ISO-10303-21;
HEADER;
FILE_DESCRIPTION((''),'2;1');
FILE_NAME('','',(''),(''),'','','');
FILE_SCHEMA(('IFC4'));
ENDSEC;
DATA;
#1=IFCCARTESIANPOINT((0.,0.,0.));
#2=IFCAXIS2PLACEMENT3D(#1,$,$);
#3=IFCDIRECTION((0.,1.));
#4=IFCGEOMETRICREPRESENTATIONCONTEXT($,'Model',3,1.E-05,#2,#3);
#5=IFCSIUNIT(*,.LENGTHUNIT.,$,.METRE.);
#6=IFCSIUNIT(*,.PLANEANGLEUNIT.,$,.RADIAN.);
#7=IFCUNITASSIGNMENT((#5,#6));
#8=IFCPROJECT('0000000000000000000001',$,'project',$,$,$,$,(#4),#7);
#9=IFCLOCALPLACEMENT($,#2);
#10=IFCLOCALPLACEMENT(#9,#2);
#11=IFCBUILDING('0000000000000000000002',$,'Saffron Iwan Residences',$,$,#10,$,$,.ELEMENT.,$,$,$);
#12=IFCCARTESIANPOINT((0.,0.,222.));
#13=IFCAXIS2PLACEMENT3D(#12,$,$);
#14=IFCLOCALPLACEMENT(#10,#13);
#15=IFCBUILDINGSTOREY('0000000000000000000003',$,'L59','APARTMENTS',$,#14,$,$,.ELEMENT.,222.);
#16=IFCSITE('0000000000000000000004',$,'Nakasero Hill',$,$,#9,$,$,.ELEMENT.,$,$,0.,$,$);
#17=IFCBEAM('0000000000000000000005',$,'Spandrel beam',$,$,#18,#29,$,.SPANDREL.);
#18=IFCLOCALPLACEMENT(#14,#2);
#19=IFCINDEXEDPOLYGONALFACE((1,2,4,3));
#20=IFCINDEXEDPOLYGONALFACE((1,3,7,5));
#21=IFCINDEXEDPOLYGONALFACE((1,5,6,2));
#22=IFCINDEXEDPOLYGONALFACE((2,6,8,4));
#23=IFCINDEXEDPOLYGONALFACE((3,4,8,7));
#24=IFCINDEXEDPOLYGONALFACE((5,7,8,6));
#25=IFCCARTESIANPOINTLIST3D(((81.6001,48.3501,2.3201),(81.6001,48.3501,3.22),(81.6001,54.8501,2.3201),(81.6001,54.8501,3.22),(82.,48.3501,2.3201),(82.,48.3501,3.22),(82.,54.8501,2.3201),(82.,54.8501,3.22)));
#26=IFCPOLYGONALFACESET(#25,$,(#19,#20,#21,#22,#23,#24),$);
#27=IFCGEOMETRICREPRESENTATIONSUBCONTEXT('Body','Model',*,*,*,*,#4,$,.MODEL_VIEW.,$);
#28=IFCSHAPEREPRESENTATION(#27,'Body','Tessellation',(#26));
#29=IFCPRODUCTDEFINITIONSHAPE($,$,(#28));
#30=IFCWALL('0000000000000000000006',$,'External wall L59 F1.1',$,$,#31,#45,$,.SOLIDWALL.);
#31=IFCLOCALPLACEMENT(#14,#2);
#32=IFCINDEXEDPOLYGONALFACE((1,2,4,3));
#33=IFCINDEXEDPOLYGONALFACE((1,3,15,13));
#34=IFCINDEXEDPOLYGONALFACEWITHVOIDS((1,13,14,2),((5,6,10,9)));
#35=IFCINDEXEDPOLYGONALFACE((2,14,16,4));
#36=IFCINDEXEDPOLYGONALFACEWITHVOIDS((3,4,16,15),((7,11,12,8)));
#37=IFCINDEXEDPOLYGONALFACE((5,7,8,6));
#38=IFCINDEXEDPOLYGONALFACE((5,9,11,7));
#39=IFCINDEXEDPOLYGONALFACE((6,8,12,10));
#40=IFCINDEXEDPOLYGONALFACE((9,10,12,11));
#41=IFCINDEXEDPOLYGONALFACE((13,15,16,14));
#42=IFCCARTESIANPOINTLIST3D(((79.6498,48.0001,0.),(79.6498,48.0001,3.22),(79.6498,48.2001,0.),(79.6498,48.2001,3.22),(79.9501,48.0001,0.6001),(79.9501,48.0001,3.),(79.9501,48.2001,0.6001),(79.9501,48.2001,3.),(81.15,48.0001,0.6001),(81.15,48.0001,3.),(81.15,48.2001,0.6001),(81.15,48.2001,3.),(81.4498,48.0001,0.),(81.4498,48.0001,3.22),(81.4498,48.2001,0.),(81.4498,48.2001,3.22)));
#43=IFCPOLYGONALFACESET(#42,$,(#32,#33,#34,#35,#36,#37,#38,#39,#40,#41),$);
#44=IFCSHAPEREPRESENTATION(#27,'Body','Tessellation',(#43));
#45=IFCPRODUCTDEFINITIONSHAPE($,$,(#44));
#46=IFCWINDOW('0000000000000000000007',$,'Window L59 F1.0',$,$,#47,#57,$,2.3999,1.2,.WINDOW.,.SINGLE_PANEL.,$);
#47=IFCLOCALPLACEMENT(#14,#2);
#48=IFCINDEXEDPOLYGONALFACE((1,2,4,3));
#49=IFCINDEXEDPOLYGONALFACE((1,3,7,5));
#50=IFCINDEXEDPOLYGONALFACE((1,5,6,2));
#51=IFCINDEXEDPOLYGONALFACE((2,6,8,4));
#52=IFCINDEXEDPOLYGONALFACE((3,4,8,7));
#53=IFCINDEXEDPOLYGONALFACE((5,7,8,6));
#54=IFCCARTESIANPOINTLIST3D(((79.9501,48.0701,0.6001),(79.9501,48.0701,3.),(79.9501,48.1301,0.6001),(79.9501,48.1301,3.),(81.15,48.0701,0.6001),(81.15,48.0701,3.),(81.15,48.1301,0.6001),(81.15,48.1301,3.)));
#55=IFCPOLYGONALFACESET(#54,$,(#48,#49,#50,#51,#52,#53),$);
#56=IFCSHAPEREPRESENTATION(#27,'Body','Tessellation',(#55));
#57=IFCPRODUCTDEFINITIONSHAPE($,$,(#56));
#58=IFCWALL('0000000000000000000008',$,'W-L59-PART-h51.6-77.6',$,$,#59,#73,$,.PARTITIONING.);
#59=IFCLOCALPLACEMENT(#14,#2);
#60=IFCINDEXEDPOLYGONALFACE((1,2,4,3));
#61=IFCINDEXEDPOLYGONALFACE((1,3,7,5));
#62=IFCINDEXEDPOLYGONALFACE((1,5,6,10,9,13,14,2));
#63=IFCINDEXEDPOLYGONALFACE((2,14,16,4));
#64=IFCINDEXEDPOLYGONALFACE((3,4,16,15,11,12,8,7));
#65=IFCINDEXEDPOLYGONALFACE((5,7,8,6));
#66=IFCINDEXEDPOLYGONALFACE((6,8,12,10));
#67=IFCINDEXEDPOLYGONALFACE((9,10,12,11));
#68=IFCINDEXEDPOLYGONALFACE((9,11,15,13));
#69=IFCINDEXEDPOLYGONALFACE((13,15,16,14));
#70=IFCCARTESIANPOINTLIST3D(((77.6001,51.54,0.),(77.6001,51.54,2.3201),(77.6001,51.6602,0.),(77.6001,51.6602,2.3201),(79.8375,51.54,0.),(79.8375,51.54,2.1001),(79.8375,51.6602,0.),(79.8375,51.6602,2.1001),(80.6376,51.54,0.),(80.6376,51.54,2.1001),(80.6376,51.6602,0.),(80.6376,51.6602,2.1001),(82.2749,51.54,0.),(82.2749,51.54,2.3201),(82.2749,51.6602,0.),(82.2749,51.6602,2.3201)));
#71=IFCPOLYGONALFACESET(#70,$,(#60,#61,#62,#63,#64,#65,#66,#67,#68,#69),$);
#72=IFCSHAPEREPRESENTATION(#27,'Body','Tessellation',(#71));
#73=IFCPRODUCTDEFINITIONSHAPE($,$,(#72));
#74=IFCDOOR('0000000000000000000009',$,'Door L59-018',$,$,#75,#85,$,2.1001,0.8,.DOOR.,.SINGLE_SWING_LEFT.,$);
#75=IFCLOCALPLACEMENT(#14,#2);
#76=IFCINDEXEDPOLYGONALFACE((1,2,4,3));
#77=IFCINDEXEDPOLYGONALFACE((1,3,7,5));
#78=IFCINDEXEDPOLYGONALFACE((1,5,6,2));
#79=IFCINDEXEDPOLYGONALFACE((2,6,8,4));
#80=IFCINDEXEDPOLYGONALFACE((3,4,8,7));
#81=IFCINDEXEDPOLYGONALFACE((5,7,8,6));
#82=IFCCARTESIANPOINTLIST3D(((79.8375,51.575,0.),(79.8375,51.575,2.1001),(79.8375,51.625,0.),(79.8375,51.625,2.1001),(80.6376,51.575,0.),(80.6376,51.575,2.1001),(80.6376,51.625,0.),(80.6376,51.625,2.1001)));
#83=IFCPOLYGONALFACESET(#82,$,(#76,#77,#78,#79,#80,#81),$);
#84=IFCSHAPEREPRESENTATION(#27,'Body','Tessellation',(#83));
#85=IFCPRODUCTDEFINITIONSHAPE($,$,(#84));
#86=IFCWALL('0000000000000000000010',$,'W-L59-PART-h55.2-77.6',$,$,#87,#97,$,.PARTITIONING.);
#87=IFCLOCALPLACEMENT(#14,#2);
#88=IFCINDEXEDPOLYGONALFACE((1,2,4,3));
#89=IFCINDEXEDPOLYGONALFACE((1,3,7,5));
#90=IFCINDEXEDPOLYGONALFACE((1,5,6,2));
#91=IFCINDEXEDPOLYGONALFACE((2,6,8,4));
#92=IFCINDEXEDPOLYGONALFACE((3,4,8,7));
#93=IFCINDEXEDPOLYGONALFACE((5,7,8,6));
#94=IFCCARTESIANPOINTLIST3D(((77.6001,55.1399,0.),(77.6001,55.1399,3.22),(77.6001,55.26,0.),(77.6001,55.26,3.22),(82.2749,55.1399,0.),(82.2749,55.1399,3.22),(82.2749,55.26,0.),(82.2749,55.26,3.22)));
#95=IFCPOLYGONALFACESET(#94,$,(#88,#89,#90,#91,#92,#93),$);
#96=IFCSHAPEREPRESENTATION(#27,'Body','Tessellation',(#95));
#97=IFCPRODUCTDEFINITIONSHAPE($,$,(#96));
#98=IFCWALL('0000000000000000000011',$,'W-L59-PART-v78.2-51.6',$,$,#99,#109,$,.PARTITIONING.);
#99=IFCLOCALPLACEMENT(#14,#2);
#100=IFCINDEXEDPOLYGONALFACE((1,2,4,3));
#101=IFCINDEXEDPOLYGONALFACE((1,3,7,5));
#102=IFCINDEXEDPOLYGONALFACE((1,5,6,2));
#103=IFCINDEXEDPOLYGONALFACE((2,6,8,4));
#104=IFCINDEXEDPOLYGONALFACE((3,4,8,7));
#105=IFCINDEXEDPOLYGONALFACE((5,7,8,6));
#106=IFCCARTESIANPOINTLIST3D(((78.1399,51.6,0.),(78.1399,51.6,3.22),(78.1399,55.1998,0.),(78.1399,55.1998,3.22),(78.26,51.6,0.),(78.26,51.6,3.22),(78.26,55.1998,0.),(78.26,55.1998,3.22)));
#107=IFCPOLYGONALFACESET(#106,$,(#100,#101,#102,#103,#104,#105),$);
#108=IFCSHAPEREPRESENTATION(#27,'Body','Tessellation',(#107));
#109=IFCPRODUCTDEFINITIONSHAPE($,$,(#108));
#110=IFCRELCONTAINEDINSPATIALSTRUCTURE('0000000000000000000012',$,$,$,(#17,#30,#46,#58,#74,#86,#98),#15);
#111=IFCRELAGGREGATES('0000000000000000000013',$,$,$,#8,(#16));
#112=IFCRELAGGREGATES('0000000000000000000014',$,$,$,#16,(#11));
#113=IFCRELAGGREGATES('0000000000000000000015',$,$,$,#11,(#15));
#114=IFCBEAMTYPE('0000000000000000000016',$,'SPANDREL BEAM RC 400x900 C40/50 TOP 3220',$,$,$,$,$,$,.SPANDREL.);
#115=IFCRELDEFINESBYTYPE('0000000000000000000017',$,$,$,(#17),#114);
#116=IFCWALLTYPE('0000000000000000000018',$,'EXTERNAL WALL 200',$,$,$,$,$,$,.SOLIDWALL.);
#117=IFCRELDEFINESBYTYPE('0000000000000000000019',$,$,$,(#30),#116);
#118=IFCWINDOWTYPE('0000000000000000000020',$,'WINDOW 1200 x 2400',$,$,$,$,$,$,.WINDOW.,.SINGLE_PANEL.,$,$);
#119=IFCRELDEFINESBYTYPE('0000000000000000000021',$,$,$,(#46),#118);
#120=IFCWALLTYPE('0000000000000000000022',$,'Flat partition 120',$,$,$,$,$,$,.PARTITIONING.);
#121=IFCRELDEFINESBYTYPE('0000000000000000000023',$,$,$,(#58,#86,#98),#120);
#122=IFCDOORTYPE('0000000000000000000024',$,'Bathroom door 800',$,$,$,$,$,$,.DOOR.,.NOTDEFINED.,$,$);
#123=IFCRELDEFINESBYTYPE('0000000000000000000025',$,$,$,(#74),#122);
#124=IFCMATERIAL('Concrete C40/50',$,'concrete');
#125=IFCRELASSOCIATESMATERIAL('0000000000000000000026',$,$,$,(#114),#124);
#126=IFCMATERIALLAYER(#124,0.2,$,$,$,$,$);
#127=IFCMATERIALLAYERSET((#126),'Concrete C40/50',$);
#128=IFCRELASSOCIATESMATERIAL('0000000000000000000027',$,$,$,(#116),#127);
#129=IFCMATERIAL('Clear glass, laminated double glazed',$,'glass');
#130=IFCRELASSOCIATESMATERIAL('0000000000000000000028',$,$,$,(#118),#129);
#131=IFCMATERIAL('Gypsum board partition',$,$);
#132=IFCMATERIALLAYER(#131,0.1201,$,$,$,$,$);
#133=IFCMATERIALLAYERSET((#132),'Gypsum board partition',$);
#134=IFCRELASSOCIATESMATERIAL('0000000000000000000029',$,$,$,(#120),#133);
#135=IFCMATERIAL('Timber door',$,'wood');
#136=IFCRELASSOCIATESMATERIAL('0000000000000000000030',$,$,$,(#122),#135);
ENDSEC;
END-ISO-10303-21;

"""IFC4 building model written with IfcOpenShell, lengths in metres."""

from ifc_helpers import new_model, si_unit, direction, frame, frame_2d, origin, origin_2d, place, context, subcontext, project, spatial, rectangle, extrude, source, transform, mapped, material, layer, layer_set, material_profile, profile_set, type_object, element, fill, save


model = new_model("IFC4")

# Units and contexts
model_context = context("Model", 3, precision=1e-05, world=origin(), true_north=direction((0.0, 1.0)))
body_context = subcontext(model_context, "Body", "Model", "MODEL_VIEW")
ifc_project = project(units=[si_unit("LENGTHUNIT", "METRE"), si_unit("PLANEANGLEUNIT", "RADIAN")], contexts=[model_context])

# Site, building, storey
site_placement = place(None, origin())
site = spatial("IfcSite", under=ifc_project, at=site_placement, Name="Nakasero Hill", CompositionType="ELEMENT", RefElevation=0.0)
building_placement = place(site_placement, origin())
building = spatial("IfcBuilding", under=site, at=building_placement, Name="Saffron Iwan Residences", CompositionType="ELEMENT")
storey_placement = place(building_placement, frame((0.0, 0.0, 222.0)))
storey = spatial("IfcBuildingStorey", under=building, at=storey_placement, Name="L59", Description="APARTMENTS", CompositionType="ELEMENT", Elevation=222.0)

# Beam
ifc_material_1 = material(Name="Concrete C40/50", Category="concrete")
ifc_material_profile = material_profile(ifc_material_1, rectangle(XDim=0.3999, YDim=0.8999, at=origin_2d()), Name="RC 400x900")
ifc_profile_set = profile_set([ifc_material_profile], Name="Concrete C40/50")
beam_type = type_object("IfcBeamType", Name="SPANDREL BEAM RC 400x900 C40/50 TOP 3220", PredefinedType="SPANDREL", material=ifc_profile_set)
shared_shape = source(origin(), body_context, "Body", "SweptSolid", [
    extrude(rectangle(XDim=0.3999, YDim=0.8999, at=origin_2d()), origin(), (0.0, 0.0, 1.0), 6.5),
])
beam_placement = place(storey_placement, frame((81.8, 54.8501, 2.77), z_axis=(0.0, -1.0, 0.0), x_axis=(1.0, 0.0, 0.0)))
element("IfcBeam", 1, at=beam_placement, inside=storey, type_object=beam_type, Name="Spandrel beam", PredefinedType="SPANDREL", context=body_context, shape_type="MappedRepresentation", body=[
    mapped(shared_shape, transform((0.0, 0.0, 0.0))),
])

# Wall, opening, window
ifc_layer_1 = layer(ifc_material_1, 0.2)
ifc_layer_set_1 = layer_set([ifc_layer_1], Name="Concrete C40/50")
wall_type_1 = type_object("IfcWallType", Name="EXTERNAL WALL 200", PredefinedType="SOLIDWALL", material=ifc_layer_set_1)
wall_1_placement = place(storey_placement, frame((79.6499, 48.1001, 0.0), z_axis=(0.0, 0.0, 1.0), x_axis=(1.0, 0.0, 0.0)))
wall_1 = element("IfcWall", 2, at=wall_1_placement, inside=storey, type_object=wall_type_1, Name="External wall L59 F1.1", PredefinedType="SOLIDWALL", context=body_context, shape_type="SweptSolid", body=[
    extrude(rectangle(XDim=1.8, YDim=0.2, at=frame_2d((0.8999, 0.0))), origin(), (0.0, 0.0, 1.0), 3.22),
])
opening_1_placement = place(wall_1_placement, frame((0.3, 0.0, 0.6001)))
opening_1 = element("IfcOpeningElement", 3, at=opening_1_placement, cuts=wall_1, PredefinedType="OPENING", context=body_context, shape_type="SweptSolid", body=[
    extrude(rectangle(XDim=1.2, YDim=2.3999, at=frame_2d((0.6001, 1.2))), frame((0.0, 0.1099, 0.0), z_axis=(0.0, -1.0, 0.0), x_axis=(1.0, 0.0, 0.0)), (0.0, 0.0, 1.0), 0.22),
])
ifc_material_2 = material(Name="Clear glass, laminated double glazed", Category="glass")
window_type_1 = type_object("IfcWindowType", Name="WINDOW 1200 x 2400", PartitioningType="SINGLE_PANEL", PredefinedType="WINDOW", material=ifc_material_2)
window_1_placement = place(opening_1_placement, origin())
window_1 = element("IfcWindow", 4, at=window_1_placement, inside=storey, type_object=window_type_1, Name="Window L59 F1.0", OverallHeight=2.3999, OverallWidth=1.2, PartitioningType="SINGLE_PANEL", PredefinedType="WINDOW", context=body_context, shape_type="SweptSolid", body=[
    extrude(rectangle(XDim=1.2, YDim=2.3999, at=frame_2d((0.6001, 1.2))), frame((0.0, 0.03, 0.0), z_axis=(0.0, -1.0, 0.0), x_axis=(1.0, 0.0, 0.0)), (0.0, 0.0, 1.0), 0.0601),
])
fill(opening_1, window_1)

# Wall, opening, door
ifc_material_3 = material(Name="Gypsum board partition")
ifc_layer_2 = layer(ifc_material_3, 0.1201)
ifc_layer_set_2 = layer_set([ifc_layer_2], Name="Gypsum board partition")
wall_type_2 = type_object("IfcWallType", Name="Flat partition 120", PredefinedType="PARTITIONING", material=ifc_layer_set_2)
wall_2_placement = place(storey_placement, frame((77.6001, 51.6001, 0.0), z_axis=(0.0, 0.0, 1.0), x_axis=(1.0, 0.0, 0.0)))
wall_2 = element("IfcWall", 5, at=wall_2_placement, inside=storey, type_object=wall_type_2, Name="W-L59-PART-h51.6-77.6", PredefinedType="PARTITIONING", context=body_context, shape_type="SweptSolid", body=[
    extrude(rectangle(XDim=4.6748, YDim=0.1201, at=frame_2d((2.3374, 0.0))), origin(), (0.0, 0.0, 1.0), 2.3201),
])
opening_2_placement = place(wall_2_placement, frame((2.2375, 0.0, 0.0)))
opening_2 = element("IfcOpeningElement", 6, at=opening_2_placement, cuts=wall_2, PredefinedType="OPENING", context=body_context, shape_type="SweptSolid", body=[
    extrude(rectangle(XDim=0.8, YDim=2.1001, at=frame_2d((0.3999, 1.05))), frame((0.0, 0.0701, 0.0), z_axis=(0.0, -1.0, 0.0), x_axis=(1.0, 0.0, 0.0)), (0.0, 0.0, 1.0), 0.1401),
])
ifc_material_4 = material(Name="Timber door", Category="wood")
door_type_1 = type_object("IfcDoorType", Name="Bathroom door 800", OperationType="NOTDEFINED", PredefinedType="DOOR", material=ifc_material_4)
door_1_placement = place(opening_2_placement, origin())
door_1 = element("IfcDoor", 7, at=door_1_placement, inside=storey, type_object=door_type_1, Name="Door L59-018", OperationType="SINGLE_SWING_LEFT", OverallHeight=2.1001, OverallWidth=0.8, PredefinedType="DOOR", context=body_context, shape_type="SweptSolid", body=[
    extrude(rectangle(XDim=0.8, YDim=2.1001, at=frame_2d((0.3999, 1.05))), frame((0.0, 0.0249, 0.0), z_axis=(0.0, -1.0, 0.0), x_axis=(1.0, 0.0, 0.0)), (0.0, 0.0, 1.0), 0.05),
])
fill(opening_2, door_1)

# Walls
wall_3_placement = place(storey_placement, frame((77.6001, 55.2, 0.0), z_axis=(0.0, 0.0, 1.0), x_axis=(1.0, 0.0, 0.0)))
element("IfcWall", 8, at=wall_3_placement, inside=storey, type_object=wall_type_2, Name="W-L59-PART-h55.2-77.6", PredefinedType="PARTITIONING", context=body_context, shape_type="SweptSolid", body=[
    extrude(rectangle(XDim=4.6748, YDim=0.1201, at=frame_2d((2.3374, 0.0))), origin(), (0.0, 0.0, 1.0), 3.22),
])
wall_4_placement = place(storey_placement, frame((78.2, 51.6001, 0.0), z_axis=(0.0, 0.0, 1.0), x_axis=(0.0, 1.0, 0.0)))
element("IfcWall", 9, at=wall_4_placement, inside=storey, type_object=wall_type_2, Name="W-L59-PART-v78.2-51.6", PredefinedType="PARTITIONING", context=body_context, shape_type="SweptSolid", body=[
    extrude(rectangle(XDim=3.5999, YDim=0.1201, at=frame_2d((1.7998, 0.0))), origin(), (0.0, 0.0, 1.0), 3.22),
])

save(model, "model.ifc")
